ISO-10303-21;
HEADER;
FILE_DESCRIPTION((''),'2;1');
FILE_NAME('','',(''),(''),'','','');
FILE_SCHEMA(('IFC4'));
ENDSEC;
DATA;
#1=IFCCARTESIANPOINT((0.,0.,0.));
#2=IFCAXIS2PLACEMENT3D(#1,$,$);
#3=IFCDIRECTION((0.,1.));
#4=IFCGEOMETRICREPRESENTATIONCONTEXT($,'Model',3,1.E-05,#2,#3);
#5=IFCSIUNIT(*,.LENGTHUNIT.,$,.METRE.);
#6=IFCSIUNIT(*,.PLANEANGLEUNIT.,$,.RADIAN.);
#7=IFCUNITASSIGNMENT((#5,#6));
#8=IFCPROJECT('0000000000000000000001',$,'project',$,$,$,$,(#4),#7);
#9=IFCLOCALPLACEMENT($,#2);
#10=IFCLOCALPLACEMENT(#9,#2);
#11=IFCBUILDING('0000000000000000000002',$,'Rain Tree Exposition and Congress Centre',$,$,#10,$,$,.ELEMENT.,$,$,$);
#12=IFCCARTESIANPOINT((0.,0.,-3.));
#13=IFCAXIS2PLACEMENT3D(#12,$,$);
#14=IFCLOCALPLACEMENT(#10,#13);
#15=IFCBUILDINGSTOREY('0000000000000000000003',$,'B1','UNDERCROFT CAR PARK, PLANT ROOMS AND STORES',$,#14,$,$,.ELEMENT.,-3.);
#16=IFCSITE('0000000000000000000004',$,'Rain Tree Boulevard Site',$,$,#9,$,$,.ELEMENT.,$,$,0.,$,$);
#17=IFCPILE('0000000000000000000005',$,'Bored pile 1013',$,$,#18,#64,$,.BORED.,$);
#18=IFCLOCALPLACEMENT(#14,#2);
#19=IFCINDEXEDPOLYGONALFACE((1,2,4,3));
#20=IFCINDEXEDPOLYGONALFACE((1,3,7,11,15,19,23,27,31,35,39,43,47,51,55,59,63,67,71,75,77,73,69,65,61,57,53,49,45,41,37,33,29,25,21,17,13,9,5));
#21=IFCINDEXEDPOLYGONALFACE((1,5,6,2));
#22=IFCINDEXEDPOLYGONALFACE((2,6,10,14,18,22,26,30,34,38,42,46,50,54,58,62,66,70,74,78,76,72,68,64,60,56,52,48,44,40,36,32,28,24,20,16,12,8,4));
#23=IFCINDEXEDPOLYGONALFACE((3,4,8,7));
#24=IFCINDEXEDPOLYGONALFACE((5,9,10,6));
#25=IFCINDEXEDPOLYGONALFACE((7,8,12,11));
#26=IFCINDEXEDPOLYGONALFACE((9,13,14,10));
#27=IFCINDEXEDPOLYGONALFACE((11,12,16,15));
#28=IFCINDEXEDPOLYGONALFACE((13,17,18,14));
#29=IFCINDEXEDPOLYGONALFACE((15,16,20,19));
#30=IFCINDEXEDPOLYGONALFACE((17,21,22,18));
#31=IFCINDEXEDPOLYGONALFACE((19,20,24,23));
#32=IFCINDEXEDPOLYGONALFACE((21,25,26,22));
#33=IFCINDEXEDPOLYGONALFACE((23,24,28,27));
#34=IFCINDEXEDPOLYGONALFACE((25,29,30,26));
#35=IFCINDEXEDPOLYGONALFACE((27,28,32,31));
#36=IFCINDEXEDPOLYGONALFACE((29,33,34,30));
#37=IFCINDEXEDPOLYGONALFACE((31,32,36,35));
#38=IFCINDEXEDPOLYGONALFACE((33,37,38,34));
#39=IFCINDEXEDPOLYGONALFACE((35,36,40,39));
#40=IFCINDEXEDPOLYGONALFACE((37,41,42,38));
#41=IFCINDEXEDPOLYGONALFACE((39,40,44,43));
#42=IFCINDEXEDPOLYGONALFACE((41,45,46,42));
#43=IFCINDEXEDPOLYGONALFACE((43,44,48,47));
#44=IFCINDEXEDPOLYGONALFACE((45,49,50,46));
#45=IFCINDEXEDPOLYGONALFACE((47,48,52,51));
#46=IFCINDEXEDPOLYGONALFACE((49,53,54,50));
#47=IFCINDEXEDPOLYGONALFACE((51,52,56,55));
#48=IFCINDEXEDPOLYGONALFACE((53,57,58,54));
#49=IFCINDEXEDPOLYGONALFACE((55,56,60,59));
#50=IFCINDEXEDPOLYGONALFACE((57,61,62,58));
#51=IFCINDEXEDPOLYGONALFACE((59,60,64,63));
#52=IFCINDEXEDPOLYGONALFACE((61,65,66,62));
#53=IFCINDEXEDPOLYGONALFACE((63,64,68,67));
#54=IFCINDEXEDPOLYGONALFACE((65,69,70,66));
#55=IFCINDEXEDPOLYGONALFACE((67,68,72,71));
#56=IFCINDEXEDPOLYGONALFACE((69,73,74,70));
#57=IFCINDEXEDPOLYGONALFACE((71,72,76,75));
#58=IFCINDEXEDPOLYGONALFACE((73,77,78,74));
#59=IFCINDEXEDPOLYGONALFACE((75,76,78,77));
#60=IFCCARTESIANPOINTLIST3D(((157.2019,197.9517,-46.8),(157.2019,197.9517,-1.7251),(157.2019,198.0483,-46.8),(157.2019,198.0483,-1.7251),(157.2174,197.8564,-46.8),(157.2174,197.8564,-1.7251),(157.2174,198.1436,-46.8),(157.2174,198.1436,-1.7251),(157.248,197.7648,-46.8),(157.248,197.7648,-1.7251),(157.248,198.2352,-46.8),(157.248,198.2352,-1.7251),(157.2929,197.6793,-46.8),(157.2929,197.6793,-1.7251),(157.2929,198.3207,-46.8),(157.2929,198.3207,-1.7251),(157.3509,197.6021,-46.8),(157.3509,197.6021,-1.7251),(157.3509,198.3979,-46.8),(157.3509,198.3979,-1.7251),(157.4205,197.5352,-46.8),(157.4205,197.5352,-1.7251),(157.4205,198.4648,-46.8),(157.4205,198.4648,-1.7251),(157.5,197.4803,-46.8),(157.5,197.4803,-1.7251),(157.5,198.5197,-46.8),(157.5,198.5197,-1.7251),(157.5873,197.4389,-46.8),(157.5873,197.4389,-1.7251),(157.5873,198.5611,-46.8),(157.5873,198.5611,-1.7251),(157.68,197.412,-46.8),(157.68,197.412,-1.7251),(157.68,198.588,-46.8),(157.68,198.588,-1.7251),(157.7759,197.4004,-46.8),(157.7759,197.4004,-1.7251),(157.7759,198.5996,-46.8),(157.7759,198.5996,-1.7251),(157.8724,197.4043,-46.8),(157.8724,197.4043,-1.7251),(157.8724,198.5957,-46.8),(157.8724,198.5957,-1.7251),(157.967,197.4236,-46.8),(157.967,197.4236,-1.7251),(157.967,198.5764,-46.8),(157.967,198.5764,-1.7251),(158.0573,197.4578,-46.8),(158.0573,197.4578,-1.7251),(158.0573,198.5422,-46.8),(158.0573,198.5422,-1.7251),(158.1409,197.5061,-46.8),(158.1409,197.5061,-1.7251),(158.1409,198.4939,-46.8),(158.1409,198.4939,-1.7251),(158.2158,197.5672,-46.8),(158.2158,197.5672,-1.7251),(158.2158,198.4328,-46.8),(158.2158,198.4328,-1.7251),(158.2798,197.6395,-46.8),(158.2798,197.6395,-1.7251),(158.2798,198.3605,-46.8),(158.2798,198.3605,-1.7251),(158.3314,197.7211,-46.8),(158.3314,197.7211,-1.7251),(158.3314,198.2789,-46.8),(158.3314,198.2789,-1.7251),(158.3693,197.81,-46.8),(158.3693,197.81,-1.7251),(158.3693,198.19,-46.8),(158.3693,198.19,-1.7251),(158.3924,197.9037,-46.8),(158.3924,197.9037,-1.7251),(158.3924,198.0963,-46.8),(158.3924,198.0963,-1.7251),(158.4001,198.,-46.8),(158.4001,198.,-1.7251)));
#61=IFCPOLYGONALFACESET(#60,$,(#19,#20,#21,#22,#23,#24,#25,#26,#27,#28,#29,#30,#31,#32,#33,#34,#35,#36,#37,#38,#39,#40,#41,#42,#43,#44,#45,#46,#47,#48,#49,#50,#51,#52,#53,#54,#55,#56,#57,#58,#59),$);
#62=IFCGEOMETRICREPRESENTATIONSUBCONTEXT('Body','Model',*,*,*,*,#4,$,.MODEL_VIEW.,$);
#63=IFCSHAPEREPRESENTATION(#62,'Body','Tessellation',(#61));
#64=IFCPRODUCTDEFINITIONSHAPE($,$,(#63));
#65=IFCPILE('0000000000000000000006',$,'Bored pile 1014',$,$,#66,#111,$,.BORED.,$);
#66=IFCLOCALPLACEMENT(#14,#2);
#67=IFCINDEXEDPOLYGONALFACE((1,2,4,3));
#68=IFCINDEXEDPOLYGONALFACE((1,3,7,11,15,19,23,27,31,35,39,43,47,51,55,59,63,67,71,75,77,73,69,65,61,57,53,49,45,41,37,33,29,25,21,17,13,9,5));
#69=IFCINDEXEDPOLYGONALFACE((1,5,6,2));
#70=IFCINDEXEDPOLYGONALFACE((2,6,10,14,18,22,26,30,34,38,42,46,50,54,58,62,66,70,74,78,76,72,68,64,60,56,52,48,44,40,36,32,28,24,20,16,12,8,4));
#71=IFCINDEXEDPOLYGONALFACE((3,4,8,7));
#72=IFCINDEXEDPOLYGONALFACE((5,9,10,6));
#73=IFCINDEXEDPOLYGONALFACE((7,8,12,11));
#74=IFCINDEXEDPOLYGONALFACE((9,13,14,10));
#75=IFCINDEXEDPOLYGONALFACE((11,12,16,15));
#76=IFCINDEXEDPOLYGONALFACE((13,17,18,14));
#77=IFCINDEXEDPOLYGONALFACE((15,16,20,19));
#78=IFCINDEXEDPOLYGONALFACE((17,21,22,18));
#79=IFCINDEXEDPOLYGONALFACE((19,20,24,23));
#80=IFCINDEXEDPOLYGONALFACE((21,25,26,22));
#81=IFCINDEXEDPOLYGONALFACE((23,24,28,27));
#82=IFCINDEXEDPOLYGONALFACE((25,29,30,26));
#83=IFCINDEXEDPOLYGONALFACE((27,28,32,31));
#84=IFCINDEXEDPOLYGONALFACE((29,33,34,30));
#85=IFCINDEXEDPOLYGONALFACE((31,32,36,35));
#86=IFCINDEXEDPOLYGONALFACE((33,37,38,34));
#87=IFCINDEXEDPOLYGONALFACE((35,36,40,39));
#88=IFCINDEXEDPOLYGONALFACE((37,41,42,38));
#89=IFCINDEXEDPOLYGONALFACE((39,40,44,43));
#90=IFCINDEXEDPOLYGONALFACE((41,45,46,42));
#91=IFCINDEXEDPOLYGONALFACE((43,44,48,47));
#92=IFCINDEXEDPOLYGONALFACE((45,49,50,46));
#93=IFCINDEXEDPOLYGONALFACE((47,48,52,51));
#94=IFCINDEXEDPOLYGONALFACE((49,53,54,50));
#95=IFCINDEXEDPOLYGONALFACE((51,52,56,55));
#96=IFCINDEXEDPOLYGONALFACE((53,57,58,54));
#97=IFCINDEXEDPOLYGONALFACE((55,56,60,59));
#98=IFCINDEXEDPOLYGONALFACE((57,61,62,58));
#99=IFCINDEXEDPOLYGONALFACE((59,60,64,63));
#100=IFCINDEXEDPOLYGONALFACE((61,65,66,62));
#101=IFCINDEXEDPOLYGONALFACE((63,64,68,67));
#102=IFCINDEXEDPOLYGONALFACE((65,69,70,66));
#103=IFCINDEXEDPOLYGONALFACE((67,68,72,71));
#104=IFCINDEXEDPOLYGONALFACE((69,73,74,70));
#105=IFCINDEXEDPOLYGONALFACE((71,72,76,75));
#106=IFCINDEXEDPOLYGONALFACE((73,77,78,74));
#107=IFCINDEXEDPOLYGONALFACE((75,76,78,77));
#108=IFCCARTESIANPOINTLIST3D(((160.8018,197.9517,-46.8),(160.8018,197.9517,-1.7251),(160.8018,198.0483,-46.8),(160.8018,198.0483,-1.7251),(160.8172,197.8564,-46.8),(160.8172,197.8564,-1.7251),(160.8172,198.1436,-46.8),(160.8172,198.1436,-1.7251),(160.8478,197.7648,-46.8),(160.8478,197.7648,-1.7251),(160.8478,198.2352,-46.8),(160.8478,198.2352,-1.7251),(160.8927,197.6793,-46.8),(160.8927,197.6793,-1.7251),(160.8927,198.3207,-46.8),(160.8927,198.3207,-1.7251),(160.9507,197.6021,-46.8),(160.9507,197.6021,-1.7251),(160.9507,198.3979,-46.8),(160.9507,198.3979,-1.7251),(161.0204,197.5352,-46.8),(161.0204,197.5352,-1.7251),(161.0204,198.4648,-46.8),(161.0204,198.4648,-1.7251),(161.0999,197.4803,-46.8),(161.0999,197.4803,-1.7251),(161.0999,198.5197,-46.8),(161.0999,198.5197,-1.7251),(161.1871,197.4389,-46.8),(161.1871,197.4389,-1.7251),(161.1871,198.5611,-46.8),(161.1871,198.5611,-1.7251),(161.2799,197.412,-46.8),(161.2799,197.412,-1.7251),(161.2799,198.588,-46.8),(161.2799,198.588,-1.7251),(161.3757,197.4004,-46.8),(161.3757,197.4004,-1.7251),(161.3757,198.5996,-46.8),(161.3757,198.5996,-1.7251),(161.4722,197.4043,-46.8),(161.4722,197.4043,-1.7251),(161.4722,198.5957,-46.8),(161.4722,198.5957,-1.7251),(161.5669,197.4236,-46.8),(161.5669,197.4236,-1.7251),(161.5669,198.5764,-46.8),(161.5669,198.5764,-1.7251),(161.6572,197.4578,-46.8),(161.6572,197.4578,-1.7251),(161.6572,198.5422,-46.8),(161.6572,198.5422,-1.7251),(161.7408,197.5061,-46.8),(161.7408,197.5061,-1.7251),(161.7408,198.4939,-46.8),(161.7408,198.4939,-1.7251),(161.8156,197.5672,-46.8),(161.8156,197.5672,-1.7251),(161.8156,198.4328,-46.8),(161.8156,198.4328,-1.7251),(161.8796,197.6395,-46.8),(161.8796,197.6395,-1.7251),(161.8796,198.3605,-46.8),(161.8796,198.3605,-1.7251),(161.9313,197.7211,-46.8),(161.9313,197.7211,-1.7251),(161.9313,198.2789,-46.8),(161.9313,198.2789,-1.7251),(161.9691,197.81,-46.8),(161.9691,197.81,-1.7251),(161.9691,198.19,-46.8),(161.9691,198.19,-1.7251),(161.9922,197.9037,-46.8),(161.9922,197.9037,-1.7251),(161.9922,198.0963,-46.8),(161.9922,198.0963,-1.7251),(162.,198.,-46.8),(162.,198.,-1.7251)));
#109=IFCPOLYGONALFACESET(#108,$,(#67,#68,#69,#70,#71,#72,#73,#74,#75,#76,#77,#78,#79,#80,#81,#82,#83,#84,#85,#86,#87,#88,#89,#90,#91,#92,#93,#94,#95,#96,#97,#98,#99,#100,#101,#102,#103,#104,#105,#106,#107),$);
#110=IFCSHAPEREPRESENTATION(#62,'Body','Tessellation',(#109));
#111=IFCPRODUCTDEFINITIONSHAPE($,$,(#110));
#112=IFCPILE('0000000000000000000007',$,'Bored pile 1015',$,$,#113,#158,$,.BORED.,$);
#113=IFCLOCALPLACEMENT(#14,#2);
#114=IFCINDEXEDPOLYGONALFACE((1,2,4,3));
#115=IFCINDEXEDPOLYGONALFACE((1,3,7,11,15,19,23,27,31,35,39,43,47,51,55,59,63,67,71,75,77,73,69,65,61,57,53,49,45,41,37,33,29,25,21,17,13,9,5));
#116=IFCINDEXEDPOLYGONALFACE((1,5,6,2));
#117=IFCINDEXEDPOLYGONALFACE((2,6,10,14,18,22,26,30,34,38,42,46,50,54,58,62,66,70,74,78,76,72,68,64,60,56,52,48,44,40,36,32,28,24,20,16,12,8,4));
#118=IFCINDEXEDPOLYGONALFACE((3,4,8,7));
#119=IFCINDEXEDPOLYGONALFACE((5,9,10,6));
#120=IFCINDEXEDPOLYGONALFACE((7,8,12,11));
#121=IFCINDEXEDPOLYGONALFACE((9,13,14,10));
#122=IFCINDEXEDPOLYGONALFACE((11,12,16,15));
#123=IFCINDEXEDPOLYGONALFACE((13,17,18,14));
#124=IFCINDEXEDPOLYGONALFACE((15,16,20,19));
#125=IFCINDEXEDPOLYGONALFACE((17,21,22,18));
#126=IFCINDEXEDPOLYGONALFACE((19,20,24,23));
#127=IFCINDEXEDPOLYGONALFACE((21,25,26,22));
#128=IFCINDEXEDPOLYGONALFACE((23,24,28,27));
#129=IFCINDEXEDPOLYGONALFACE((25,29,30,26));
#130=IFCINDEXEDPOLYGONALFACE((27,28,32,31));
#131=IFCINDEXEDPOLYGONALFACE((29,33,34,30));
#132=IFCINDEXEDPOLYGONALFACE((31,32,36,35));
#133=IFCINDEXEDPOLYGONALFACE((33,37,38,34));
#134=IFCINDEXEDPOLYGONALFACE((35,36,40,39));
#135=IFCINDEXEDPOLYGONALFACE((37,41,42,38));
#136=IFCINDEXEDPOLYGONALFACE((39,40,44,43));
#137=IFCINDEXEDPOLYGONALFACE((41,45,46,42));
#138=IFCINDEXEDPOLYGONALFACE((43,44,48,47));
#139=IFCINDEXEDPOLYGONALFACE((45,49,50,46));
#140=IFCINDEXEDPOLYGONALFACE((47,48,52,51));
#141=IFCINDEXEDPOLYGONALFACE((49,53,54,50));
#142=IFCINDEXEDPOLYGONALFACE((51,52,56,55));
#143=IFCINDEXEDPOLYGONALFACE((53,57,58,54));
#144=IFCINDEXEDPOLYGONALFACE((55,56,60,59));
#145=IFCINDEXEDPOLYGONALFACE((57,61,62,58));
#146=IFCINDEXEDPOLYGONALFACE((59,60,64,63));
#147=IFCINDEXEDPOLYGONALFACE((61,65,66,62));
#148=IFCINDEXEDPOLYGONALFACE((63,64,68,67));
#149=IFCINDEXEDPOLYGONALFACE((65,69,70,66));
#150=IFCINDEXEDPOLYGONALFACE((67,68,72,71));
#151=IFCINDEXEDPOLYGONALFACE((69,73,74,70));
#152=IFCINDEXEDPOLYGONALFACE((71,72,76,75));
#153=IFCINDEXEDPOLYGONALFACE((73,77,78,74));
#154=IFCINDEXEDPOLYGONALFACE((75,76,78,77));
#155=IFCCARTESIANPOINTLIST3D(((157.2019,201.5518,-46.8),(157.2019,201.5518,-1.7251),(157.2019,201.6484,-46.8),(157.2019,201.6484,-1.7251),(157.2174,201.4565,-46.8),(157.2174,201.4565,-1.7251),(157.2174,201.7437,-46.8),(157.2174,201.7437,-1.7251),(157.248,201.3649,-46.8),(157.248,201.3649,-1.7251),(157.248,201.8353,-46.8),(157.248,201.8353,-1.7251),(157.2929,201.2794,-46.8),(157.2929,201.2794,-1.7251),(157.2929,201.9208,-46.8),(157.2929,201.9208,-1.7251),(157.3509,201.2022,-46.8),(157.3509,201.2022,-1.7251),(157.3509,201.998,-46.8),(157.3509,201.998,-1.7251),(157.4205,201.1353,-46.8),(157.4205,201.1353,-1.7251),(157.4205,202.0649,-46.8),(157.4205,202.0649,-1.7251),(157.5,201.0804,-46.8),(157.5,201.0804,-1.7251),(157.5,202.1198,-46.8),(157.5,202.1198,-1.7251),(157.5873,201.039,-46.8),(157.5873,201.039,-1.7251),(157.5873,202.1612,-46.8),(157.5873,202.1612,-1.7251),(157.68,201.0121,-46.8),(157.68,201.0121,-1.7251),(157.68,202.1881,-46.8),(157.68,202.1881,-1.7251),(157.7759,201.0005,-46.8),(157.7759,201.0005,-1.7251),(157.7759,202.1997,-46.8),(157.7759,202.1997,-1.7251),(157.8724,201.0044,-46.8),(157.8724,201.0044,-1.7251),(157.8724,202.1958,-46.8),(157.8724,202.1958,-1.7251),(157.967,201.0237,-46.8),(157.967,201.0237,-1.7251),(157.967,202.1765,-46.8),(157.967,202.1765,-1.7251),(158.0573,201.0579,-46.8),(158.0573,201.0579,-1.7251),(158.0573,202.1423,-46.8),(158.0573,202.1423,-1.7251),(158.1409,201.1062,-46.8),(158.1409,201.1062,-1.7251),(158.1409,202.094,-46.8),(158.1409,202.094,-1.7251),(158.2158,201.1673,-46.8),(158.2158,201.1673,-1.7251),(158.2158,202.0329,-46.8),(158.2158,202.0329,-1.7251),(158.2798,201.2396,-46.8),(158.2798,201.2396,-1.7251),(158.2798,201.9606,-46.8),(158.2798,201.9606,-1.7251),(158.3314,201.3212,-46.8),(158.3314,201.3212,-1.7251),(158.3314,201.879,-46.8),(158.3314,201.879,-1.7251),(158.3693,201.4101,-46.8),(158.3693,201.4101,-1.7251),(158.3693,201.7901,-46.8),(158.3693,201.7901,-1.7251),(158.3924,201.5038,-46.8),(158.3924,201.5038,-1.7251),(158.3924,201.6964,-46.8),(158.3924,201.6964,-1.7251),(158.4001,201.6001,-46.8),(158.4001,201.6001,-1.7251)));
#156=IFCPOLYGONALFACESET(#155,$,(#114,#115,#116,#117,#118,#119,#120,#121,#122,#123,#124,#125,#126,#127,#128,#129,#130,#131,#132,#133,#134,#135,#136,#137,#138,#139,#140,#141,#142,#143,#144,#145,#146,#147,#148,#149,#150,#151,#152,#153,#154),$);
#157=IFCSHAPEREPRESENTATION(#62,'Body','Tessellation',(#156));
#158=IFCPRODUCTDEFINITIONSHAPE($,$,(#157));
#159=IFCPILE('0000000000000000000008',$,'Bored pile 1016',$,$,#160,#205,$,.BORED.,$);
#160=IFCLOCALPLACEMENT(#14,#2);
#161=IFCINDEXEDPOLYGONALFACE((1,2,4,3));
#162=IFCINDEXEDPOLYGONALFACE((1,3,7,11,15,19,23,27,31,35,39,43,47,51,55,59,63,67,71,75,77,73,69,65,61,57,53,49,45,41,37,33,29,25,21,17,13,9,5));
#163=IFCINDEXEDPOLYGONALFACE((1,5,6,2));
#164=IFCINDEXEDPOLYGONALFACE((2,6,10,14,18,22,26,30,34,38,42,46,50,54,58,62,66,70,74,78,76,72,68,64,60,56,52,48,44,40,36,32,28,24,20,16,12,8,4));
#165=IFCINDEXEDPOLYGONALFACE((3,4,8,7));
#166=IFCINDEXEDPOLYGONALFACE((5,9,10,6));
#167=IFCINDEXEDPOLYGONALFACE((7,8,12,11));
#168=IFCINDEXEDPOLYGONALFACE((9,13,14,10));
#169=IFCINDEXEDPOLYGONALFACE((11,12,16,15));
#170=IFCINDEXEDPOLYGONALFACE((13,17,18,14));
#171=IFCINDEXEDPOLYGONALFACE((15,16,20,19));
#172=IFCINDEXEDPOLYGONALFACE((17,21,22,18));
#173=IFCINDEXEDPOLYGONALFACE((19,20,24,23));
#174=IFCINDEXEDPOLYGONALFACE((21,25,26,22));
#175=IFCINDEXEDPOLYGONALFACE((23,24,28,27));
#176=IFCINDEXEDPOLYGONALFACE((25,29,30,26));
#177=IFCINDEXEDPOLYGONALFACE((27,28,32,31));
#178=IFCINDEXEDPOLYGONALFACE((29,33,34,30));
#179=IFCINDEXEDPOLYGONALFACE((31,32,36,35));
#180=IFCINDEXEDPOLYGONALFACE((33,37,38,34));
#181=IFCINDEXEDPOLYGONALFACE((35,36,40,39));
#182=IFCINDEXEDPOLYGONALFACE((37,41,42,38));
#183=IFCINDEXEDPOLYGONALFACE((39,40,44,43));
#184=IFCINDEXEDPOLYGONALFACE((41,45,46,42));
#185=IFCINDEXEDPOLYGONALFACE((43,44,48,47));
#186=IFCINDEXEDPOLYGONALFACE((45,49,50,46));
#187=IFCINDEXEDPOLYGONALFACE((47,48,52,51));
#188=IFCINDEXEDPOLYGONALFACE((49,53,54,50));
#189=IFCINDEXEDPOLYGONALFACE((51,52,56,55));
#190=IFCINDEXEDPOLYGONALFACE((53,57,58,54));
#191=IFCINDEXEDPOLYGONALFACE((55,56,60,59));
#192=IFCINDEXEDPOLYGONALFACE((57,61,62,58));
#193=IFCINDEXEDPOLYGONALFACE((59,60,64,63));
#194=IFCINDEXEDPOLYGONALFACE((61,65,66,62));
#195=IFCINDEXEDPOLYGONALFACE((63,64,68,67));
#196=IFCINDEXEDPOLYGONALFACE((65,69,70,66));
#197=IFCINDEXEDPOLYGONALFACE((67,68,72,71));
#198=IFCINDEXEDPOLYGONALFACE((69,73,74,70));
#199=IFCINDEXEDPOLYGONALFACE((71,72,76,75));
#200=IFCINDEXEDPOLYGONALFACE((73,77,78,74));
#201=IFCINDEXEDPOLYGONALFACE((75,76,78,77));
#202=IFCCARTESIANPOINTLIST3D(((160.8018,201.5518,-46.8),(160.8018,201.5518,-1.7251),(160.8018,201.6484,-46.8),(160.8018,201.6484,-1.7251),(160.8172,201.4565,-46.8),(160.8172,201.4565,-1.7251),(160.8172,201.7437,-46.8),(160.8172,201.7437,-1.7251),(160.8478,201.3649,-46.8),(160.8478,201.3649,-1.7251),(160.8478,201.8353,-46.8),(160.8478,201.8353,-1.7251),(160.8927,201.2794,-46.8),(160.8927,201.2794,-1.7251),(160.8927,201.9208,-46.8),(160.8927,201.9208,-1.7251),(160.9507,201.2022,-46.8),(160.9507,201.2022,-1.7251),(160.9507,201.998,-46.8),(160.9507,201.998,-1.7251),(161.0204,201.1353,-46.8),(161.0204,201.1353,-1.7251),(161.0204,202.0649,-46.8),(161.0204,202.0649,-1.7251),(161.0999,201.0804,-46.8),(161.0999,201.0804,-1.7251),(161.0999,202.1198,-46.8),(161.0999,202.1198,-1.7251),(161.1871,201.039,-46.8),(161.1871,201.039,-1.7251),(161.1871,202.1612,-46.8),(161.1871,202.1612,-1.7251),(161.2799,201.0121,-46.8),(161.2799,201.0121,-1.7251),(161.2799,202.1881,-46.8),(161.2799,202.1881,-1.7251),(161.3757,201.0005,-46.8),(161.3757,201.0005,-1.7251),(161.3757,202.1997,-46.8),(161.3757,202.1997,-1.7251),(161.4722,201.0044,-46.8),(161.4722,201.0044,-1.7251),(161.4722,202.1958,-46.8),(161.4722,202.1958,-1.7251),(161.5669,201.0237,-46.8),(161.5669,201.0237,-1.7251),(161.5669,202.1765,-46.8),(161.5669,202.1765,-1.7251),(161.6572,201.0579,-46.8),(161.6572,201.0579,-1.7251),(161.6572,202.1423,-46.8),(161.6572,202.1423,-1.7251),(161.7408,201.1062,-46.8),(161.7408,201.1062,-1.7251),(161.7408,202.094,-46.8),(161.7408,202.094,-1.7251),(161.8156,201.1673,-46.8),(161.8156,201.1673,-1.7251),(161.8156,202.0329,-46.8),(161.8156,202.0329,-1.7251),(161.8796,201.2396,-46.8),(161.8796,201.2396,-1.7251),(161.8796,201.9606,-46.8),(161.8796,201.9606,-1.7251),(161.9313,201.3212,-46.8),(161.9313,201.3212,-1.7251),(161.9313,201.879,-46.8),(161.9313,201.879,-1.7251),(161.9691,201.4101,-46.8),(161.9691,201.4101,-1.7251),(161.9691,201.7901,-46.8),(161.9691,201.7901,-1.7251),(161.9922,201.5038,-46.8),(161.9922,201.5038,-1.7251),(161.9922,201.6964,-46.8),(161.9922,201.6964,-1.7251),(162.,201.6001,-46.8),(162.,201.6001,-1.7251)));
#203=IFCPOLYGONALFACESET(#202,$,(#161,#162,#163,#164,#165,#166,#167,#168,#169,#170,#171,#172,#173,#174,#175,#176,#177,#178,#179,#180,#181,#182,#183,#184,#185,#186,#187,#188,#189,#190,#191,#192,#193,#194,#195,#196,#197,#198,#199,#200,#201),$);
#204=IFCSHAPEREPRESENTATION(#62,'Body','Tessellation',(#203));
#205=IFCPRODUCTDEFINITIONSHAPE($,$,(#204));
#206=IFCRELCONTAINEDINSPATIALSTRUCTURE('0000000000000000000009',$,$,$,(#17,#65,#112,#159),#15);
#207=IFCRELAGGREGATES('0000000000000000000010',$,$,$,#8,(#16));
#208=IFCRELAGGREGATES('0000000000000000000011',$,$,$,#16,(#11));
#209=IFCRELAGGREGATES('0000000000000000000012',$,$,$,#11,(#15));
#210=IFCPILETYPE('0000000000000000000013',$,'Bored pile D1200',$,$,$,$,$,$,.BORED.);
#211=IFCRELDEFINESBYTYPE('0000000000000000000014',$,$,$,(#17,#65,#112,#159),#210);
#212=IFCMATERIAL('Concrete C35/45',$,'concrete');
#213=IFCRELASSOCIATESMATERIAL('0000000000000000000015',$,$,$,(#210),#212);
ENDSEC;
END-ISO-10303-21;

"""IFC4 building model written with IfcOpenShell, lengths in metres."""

from ifc_helpers import new_model, si_unit, direction, frame, origin, origin_2d, place, context, subcontext, project, spatial, circle, extrude, material, material_profile, profile_set, type_object, element, save


model = new_model("IFC4")

# Units and contexts
model_context = context("Model", 3, precision=1e-05, world=origin(), true_north=direction((0.0, 1.0)))
body_context = subcontext(model_context, "Body", "Model", "MODEL_VIEW")
ifc_project = project(units=[si_unit("LENGTHUNIT", "METRE"), si_unit("PLANEANGLEUNIT", "RADIAN")], contexts=[model_context])

# Site, building, storey
site_placement = place(None, origin())
site = spatial("IfcSite", under=ifc_project, at=site_placement, Name="Rain Tree Boulevard Site", CompositionType="ELEMENT", RefElevation=0.0)
building_placement = place(site_placement, origin())
building = spatial("IfcBuilding", under=site, at=building_placement, Name="Rain Tree Exposition and Congress Centre", CompositionType="ELEMENT")
storey_placement = place(building_placement, frame((0.0, 0.0, -3.0)))
storey = spatial("IfcBuildingStorey", under=building, at=storey_placement, Name="B1", Description="UNDERCROFT CAR PARK, PLANT ROOMS AND STORES", CompositionType="ELEMENT", Elevation=-3.0)

# Piles
ifc_material_1 = material(Name="Concrete C35/45", Category="concrete")
ifc_material_profile_1 = material_profile(ifc_material_1, circle(Radius=0.6001, at=origin_2d()), Name="D1200")
ifc_profile_set_1 = profile_set([ifc_material_profile_1], Name="Concrete C35/45")
pile_type_1 = type_object("IfcPileType", Name="Bored pile D1200", PredefinedType="BORED", material=ifc_profile_set_1)
for number, where, z_axis, x_axis, name in (
    (1, (157.8, 198.0, -1.7251), (0.0, 0.0, -1.0), (1.0, 0.0, 0.0), "Bored pile 1013"),
    (2, (161.3999, 198.0, -1.7251), (0.0, 0.0, -1.0), (1.0, 0.0, 0.0), "Bored pile 1014"),
    (3, (157.8, 201.6001, -1.7251), (0.0, 0.0, -1.0), (1.0, 0.0, 0.0), "Bored pile 1015"),
    (4, (161.3999, 201.6001, -1.7251), (0.0, 0.0, -1.0), (1.0, 0.0, 0.0), "Bored pile 1016"),
):
    element("IfcPile", number, at=place(storey_placement, frame(where, z_axis=z_axis, x_axis=x_axis)), inside=storey, type_object=pile_type_1, Name=name, PredefinedType="BORED", context=body_context, shape_type="SweptSolid", body=[
        extrude(circle(Radius=0.6001, at=origin_2d()), origin(), (0.0, 0.0, 1.0), 45.075),
    ])

save(model, "model.ifc")
